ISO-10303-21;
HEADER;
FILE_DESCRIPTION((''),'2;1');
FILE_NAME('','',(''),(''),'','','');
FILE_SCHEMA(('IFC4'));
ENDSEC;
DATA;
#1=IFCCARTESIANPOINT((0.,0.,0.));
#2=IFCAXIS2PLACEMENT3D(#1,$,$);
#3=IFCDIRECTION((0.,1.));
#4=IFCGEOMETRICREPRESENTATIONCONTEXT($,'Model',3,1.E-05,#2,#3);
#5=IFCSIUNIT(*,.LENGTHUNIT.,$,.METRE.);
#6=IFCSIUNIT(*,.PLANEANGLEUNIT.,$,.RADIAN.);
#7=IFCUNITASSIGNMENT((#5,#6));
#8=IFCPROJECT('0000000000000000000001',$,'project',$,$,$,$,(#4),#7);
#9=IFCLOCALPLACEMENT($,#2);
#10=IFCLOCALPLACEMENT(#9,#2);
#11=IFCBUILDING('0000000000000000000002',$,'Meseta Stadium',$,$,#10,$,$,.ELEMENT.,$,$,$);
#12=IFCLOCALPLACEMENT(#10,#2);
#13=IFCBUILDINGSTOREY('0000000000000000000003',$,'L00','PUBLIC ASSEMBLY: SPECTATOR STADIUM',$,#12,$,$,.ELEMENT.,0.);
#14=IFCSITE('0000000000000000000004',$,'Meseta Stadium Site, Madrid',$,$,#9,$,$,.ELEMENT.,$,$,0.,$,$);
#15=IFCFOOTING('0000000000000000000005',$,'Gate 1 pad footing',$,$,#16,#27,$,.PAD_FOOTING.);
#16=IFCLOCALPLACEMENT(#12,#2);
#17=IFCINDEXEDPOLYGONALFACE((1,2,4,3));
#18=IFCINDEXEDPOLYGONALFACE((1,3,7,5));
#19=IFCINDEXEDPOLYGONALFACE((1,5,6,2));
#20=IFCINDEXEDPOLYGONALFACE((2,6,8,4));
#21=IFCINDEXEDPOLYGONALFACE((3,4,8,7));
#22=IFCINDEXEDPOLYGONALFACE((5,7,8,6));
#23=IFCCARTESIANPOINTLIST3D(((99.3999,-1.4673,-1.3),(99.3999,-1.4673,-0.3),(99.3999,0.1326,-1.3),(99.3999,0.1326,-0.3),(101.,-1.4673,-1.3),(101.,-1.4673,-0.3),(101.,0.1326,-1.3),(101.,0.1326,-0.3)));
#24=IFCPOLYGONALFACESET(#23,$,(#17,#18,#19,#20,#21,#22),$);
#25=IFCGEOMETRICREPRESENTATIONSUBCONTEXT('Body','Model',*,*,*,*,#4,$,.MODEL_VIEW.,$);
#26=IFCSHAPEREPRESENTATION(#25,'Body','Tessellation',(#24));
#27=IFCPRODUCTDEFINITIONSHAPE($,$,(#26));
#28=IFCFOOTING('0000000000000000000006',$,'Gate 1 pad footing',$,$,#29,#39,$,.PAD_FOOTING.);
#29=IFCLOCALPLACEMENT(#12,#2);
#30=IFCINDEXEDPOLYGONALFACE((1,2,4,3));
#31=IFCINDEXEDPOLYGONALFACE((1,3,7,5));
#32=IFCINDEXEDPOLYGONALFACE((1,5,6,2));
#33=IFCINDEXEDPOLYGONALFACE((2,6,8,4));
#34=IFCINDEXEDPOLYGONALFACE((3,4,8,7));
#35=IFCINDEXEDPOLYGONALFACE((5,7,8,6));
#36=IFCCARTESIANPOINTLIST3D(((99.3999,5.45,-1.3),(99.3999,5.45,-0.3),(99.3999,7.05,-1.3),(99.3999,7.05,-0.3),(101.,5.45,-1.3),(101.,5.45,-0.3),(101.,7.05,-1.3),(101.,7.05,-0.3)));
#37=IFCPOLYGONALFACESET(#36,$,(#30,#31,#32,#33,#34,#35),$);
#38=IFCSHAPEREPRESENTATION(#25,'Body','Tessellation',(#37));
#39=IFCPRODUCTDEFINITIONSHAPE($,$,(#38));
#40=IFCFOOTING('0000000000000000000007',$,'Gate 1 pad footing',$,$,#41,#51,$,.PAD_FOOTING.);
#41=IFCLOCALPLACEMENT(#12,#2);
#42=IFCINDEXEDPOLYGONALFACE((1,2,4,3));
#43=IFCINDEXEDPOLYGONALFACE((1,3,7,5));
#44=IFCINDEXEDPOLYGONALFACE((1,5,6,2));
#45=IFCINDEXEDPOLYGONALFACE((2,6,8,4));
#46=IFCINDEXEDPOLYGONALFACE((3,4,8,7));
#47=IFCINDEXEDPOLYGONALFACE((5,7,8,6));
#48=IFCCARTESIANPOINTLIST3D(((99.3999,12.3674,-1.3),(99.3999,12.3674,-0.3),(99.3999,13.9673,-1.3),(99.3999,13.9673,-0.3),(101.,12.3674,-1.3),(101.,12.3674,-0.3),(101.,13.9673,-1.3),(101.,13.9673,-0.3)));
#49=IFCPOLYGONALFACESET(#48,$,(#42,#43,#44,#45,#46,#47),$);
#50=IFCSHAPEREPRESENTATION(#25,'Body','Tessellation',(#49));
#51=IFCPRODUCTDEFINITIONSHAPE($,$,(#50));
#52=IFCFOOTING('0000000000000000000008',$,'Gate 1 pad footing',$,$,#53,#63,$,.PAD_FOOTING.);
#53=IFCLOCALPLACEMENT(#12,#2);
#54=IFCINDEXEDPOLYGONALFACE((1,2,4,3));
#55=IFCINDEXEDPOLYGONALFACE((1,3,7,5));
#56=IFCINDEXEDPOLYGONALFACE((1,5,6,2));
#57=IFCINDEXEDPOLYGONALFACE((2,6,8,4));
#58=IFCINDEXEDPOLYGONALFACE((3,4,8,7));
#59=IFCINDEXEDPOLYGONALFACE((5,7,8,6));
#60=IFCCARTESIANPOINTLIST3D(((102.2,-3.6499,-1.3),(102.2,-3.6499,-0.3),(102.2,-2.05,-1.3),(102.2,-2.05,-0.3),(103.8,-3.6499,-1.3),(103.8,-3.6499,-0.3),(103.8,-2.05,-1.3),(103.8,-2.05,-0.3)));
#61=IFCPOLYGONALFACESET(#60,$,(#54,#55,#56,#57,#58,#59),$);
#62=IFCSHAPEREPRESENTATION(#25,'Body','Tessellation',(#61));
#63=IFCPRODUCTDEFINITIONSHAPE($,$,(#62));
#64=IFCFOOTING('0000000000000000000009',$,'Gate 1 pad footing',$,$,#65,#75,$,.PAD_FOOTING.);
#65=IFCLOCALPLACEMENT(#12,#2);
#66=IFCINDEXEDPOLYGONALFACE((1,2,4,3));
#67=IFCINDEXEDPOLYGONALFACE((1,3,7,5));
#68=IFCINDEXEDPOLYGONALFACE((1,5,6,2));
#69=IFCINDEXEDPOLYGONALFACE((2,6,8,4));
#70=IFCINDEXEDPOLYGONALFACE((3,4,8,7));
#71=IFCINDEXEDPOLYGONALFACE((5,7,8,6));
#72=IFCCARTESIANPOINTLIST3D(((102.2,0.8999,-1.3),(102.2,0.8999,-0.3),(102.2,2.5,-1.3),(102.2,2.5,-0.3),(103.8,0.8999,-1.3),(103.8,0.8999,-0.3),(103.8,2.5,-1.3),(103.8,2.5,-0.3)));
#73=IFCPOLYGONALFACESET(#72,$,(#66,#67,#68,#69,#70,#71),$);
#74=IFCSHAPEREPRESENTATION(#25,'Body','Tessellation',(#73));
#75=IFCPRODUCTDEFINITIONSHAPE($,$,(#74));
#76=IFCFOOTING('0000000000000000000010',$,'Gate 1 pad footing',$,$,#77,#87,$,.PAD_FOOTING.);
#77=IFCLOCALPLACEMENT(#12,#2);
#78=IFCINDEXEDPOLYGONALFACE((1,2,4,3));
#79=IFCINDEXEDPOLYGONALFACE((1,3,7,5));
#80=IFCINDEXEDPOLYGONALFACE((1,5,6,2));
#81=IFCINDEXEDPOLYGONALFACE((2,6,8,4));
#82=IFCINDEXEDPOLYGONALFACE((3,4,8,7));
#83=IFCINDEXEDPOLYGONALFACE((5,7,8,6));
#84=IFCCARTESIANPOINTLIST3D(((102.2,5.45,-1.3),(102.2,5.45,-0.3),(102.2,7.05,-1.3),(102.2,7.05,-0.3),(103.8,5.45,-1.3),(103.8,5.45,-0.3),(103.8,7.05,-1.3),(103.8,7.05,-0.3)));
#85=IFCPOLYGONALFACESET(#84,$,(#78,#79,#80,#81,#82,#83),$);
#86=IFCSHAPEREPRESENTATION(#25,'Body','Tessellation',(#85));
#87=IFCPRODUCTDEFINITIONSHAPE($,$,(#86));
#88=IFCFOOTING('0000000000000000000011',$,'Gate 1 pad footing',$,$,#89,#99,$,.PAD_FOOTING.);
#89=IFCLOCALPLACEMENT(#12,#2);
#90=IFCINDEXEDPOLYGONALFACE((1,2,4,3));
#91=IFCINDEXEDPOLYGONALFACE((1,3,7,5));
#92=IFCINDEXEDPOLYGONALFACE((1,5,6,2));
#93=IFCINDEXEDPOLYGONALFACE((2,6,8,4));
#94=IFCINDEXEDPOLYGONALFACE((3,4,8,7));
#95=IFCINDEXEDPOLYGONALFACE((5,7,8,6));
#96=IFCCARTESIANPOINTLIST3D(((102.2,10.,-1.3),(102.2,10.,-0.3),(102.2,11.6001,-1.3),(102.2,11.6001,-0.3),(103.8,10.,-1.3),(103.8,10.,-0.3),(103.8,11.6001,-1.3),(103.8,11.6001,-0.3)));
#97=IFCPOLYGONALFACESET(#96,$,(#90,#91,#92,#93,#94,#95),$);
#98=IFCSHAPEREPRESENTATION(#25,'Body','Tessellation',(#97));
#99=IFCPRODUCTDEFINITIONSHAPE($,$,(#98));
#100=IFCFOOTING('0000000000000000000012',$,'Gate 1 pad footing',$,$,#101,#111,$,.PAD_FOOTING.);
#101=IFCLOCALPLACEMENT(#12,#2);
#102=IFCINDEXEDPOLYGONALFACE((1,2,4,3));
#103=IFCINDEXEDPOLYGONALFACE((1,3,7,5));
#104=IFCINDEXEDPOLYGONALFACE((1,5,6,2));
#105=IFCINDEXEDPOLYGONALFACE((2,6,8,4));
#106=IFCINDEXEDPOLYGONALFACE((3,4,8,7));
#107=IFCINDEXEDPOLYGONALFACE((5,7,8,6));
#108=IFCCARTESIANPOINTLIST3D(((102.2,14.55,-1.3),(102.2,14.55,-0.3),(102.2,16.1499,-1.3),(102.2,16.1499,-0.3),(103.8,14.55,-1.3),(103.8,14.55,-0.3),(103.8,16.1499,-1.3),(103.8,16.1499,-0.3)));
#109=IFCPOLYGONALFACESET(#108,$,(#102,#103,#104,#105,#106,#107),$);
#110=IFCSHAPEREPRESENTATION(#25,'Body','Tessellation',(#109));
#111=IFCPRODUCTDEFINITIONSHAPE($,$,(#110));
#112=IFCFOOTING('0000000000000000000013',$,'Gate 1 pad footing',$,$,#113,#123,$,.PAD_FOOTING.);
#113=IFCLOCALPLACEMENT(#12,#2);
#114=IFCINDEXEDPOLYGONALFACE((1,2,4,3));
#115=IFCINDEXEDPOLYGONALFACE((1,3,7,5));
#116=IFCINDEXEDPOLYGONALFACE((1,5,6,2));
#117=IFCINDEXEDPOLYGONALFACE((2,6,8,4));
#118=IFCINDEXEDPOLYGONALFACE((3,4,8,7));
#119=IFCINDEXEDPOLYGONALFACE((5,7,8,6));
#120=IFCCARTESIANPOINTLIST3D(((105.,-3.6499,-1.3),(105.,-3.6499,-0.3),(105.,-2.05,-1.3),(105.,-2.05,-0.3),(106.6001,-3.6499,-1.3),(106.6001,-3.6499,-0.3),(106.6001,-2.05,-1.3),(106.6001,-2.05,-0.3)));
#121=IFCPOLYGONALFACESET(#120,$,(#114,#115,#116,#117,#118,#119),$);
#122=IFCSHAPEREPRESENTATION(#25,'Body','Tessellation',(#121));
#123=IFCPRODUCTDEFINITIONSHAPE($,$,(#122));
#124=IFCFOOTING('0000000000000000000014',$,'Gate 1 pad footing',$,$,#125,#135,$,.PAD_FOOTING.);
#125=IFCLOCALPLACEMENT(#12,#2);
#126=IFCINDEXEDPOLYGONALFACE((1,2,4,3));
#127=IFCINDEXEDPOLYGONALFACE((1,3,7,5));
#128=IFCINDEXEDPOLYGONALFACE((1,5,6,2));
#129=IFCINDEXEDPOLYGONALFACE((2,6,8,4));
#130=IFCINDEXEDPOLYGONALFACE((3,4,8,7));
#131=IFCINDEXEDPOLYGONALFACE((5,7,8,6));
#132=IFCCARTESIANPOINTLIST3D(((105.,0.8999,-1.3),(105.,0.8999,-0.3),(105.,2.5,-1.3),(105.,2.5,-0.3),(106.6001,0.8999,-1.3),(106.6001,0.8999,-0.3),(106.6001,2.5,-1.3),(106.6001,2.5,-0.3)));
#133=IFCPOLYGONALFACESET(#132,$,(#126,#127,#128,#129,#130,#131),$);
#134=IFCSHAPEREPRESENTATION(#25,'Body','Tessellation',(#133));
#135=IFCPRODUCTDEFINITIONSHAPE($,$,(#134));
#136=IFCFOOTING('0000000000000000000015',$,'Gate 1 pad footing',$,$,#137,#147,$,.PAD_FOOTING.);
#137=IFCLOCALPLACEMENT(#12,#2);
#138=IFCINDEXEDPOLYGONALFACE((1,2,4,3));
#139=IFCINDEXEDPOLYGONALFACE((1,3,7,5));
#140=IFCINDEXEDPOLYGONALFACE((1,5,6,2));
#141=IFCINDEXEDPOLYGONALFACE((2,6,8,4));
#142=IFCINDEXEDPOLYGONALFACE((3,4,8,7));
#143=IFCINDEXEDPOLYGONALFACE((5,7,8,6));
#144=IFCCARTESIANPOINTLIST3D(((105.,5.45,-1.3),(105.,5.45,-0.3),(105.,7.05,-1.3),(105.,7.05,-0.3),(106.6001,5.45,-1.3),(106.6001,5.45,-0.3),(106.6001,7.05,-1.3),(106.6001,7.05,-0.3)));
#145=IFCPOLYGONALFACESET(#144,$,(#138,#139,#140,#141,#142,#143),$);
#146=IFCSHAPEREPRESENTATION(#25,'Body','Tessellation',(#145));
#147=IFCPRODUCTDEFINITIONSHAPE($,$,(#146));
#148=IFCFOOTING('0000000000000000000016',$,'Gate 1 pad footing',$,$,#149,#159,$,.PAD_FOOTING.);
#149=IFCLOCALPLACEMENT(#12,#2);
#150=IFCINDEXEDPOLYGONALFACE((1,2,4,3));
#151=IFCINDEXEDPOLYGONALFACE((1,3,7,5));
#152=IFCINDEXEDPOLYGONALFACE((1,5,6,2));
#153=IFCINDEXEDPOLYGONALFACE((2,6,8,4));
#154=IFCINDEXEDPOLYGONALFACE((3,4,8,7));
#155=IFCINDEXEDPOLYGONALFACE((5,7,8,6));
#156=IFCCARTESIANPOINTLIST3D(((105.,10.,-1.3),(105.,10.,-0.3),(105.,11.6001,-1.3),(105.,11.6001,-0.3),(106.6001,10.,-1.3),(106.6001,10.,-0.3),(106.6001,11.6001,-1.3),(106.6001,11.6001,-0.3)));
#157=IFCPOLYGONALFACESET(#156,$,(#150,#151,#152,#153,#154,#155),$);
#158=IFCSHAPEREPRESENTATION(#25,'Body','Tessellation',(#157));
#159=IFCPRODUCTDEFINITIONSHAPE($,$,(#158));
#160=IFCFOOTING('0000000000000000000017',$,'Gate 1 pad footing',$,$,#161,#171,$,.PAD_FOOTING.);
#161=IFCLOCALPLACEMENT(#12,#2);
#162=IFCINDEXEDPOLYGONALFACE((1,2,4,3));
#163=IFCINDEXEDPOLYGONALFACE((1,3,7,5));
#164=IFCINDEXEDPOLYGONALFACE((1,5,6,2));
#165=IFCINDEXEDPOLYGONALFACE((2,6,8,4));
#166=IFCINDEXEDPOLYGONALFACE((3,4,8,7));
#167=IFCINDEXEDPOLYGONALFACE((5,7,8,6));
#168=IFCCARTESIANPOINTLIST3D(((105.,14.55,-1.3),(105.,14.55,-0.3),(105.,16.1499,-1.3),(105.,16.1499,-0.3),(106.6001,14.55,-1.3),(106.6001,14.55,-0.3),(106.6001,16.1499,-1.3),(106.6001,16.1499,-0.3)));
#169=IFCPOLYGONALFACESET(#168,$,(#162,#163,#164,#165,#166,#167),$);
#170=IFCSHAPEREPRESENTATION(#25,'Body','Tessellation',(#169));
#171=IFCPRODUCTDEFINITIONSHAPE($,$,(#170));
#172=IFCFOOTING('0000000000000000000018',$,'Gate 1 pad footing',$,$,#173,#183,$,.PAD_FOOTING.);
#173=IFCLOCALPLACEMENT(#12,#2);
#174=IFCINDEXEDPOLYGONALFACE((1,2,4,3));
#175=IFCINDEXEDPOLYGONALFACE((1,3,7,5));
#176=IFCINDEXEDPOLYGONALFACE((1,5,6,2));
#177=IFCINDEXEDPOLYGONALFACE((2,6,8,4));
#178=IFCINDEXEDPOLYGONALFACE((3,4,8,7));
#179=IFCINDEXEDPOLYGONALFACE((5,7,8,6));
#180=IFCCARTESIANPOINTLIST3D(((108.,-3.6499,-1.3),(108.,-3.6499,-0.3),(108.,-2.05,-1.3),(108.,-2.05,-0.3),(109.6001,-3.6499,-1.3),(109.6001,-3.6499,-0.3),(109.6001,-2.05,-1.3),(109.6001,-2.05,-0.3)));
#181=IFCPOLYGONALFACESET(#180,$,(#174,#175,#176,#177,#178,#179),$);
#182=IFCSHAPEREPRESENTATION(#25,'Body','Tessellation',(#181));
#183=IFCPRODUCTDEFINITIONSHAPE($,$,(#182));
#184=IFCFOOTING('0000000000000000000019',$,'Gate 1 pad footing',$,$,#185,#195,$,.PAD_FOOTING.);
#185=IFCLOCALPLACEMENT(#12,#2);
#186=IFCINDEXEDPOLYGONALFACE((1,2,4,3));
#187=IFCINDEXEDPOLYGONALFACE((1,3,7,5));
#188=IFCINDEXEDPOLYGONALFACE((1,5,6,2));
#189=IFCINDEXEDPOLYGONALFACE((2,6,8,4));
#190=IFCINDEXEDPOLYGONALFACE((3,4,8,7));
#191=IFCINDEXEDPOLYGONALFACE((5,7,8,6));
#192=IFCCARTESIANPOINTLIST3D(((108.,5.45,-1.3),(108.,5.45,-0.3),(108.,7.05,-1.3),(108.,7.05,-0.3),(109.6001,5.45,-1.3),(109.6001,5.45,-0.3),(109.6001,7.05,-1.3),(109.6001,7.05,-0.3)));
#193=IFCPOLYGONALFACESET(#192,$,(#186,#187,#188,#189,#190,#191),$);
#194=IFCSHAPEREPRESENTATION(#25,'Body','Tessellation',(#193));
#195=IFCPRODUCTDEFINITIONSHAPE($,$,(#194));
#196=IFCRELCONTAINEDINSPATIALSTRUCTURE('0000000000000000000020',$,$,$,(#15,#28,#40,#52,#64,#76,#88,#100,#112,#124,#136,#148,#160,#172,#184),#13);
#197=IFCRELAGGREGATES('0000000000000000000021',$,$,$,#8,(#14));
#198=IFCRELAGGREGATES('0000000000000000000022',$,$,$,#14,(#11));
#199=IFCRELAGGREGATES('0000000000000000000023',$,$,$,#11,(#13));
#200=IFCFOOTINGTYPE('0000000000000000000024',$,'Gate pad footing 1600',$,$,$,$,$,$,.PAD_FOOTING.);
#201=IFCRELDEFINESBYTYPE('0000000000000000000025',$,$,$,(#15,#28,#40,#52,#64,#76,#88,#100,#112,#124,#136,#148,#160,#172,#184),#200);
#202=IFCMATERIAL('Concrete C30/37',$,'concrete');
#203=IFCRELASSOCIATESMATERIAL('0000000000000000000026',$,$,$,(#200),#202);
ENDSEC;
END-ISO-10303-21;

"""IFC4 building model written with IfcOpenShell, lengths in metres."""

from ifc_helpers import new_model, si_unit, direction, frame, origin, place, context, subcontext, project, spatial, polyline, outline, extrude, material, type_object, element, save


model = new_model("IFC4")

# Units and contexts
model_context = context("Model", 3, precision=1e-05, world=origin(), true_north=direction((0.0, 1.0)))
body_context = subcontext(model_context, "Body", "Model", "MODEL_VIEW")
ifc_project = project(units=[si_unit("LENGTHUNIT", "METRE"), si_unit("PLANEANGLEUNIT", "RADIAN")], contexts=[model_context])

# Site, building, storey
site_placement = place(None, origin())
site = spatial("IfcSite", under=ifc_project, at=site_placement, Name="Meseta Stadium Site, Madrid", CompositionType="ELEMENT", RefElevation=0.0)
building_placement = place(site_placement, origin())
building = spatial("IfcBuilding", under=site, at=building_placement, Name="Meseta Stadium", CompositionType="ELEMENT")
storey_placement = place(building_placement, origin())
storey = spatial("IfcBuildingStorey", under=building, at=storey_placement, Name="L00", Description="PUBLIC ASSEMBLY: SPECTATOR STADIUM", CompositionType="ELEMENT", Elevation=0.0)

# Footings
ifc_material_1 = material(Name="Concrete C30/37", Category="concrete")
footing_type_1 = type_object("IfcFootingType", Name="Gate pad footing 1600", PredefinedType="PAD_FOOTING", material=ifc_material_1)
footing_1_placement = place(storey_placement, frame((0.0, 0.0, -1.3)))
element("IfcFooting", 1, at=footing_1_placement, inside=storey, type_object=footing_type_1, Name="Gate 1 pad footing", PredefinedType="PAD_FOOTING", context=body_context, shape_type="SweptSolid", body=[
    extrude(outline(polyline([(101.0, -1.4673), (101.0, 0.1326), (99.3999, 0.1326), (99.3999, -1.4673), (101.0, -1.4673)])), origin(), (0.0, 0.0, 1.0), 1.0),
])
footing_2_placement = place(storey_placement, frame((0.0, 0.0, -1.3)))
element("IfcFooting", 2, at=footing_2_placement, inside=storey, type_object=footing_type_1, Name="Gate 1 pad footing", PredefinedType="PAD_FOOTING", context=body_context, shape_type="SweptSolid", body=[
    extrude(outline(polyline([(101.0, 5.45), (101.0, 7.05), (99.3999, 7.05), (99.3999, 5.45), (101.0, 5.45)])), origin(), (0.0, 0.0, 1.0), 1.0),
])
footing_3_placement = place(storey_placement, frame((0.0, 0.0, -1.3)))
element("IfcFooting", 3, at=footing_3_placement, inside=storey, type_object=footing_type_1, Name="Gate 1 pad footing", PredefinedType="PAD_FOOTING", context=body_context, shape_type="SweptSolid", body=[
    extrude(outline(polyline([(101.0, 12.3674), (101.0, 13.9673), (99.3999, 13.9673), (99.3999, 12.3674), (101.0, 12.3674)])), origin(), (0.0, 0.0, 1.0), 1.0),
])
footing_4_placement = place(storey_placement, frame((0.0, 0.0, -1.3)))
element("IfcFooting", 4, at=footing_4_placement, inside=storey, type_object=footing_type_1, Name="Gate 1 pad footing", PredefinedType="PAD_FOOTING", context=body_context, shape_type="SweptSolid", body=[
    extrude(outline(polyline([(103.8, -3.6499), (103.8, -2.05), (102.2, -2.05), (102.2, -3.6499), (103.8, -3.6499)])), origin(), (0.0, 0.0, 1.0), 1.0),
])
footing_5_placement = place(storey_placement, frame((0.0, 0.0, -1.3)))
element("IfcFooting", 5, at=footing_5_placement, inside=storey, type_object=footing_type_1, Name="Gate 1 pad footing", PredefinedType="PAD_FOOTING", context=body_context, shape_type="SweptSolid", body=[
    extrude(outline(polyline([(103.8, 0.8999), (103.8, 2.5), (102.2, 2.5), (102.2, 0.8999), (103.8, 0.8999)])), origin(), (0.0, 0.0, 1.0), 1.0),
])
footing_6_placement = place(storey_placement, frame((0.0, 0.0, -1.3)))
element("IfcFooting", 6, at=footing_6_placement, inside=storey, type_object=footing_type_1, Name="Gate 1 pad footing", PredefinedType="PAD_FOOTING", context=body_context, shape_type="SweptSolid", body=[
    extrude(outline(polyline([(103.8, 5.45), (103.8, 7.05), (102.2, 7.05), (102.2, 5.45), (103.8, 5.45)])), origin(), (0.0, 0.0, 1.0), 1.0),
])
footing_7_placement = place(storey_placement, frame((0.0, 0.0, -1.3)))
element("IfcFooting", 7, at=footing_7_placement, inside=storey, type_object=footing_type_1, Name="Gate 1 pad footing", PredefinedType="PAD_FOOTING", context=body_context, shape_type="SweptSolid", body=[
    extrude(outline(polyline([(103.8, 10.0), (103.8, 11.6001), (102.2, 11.6001), (102.2, 10.0), (103.8, 10.0)])), origin(), (0.0, 0.0, 1.0), 1.0),
])
footing_8_placement = place(storey_placement, frame((0.0, 0.0, -1.3)))
element("IfcFooting", 8, at=footing_8_placement, inside=storey, type_object=footing_type_1, Name="Gate 1 pad footing", PredefinedType="PAD_FOOTING", context=body_context, shape_type="SweptSolid", body=[
    extrude(outline(polyline([(103.8, 14.55), (103.8, 16.1499), (102.2, 16.1499), (102.2, 14.55), (103.8, 14.55)])), origin(), (0.0, 0.0, 1.0), 1.0),
])
footing_9_placement = place(storey_placement, frame((0.0, 0.0, -1.3)))
element("IfcFooting", 9, at=footing_9_placement, inside=storey, type_object=footing_type_1, Name="Gate 1 pad footing", PredefinedType="PAD_FOOTING", context=body_context, shape_type="SweptSolid", body=[
    extrude(outline(polyline([(106.6001, -3.6499), (106.6001, -2.05), (105.0, -2.05), (105.0, -3.6499), (106.6001, -3.6499)])), origin(), (0.0, 0.0, 1.0), 1.0),
])
footing_10_placement = place(storey_placement, frame((0.0, 0.0, -1.3)))
element("IfcFooting", 10, at=footing_10_placement, inside=storey, type_object=footing_type_1, Name="Gate 1 pad footing", PredefinedType="PAD_FOOTING", context=body_context, shape_type="SweptSolid", body=[
    extrude(outline(polyline([(106.6001, 0.8999), (106.6001, 2.5), (105.0, 2.5), (105.0, 0.8999), (106.6001, 0.8999)])), origin(), (0.0, 0.0, 1.0), 1.0),
])
footing_11_placement = place(storey_placement, frame((0.0, 0.0, -1.3)))
element("IfcFooting", 11, at=footing_11_placement, inside=storey, type_object=footing_type_1, Name="Gate 1 pad footing", PredefinedType="PAD_FOOTING", context=body_context, shape_type="SweptSolid", body=[
    extrude(outline(polyline([(106.6001, 5.45), (106.6001, 7.05), (105.0, 7.05), (105.0, 5.45), (106.6001, 5.45)])), origin(), (0.0, 0.0, 1.0), 1.0),
])
footing_12_placement = place(storey_placement, frame((0.0, 0.0, -1.3)))
element("IfcFooting", 12, at=footing_12_placement, inside=storey, type_object=footing_type_1, Name="Gate 1 pad footing", PredefinedType="PAD_FOOTING", context=body_context, shape_type="SweptSolid", body=[
    extrude(outline(polyline([(106.6001, 10.0), (106.6001, 11.6001), (105.0, 11.6001), (105.0, 10.0), (106.6001, 10.0)])), origin(), (0.0, 0.0, 1.0), 1.0),
])
footing_13_placement = place(storey_placement, frame((0.0, 0.0, -1.3)))
element("IfcFooting", 13, at=footing_13_placement, inside=storey, type_object=footing_type_1, Name="Gate 1 pad footing", PredefinedType="PAD_FOOTING", context=body_context, shape_type="SweptSolid", body=[
    extrude(outline(polyline([(106.6001, 14.55), (106.6001, 16.1499), (105.0, 16.1499), (105.0, 14.55), (106.6001, 14.55)])), origin(), (0.0, 0.0, 1.0), 1.0),
])
footing_14_placement = place(storey_placement, frame((0.0, 0.0, -1.3)))
element("IfcFooting", 14, at=footing_14_placement, inside=storey, type_object=footing_type_1, Name="Gate 1 pad footing", PredefinedType="PAD_FOOTING", context=body_context, shape_type="SweptSolid", body=[
    extrude(outline(polyline([(109.6001, -3.6499), (109.6001, -2.05), (108.0, -2.05), (108.0, -3.6499), (109.6001, -3.6499)])), origin(), (0.0, 0.0, 1.0), 1.0),
])
footing_15_placement = place(storey_placement, frame((0.0, 0.0, -1.3)))
element("IfcFooting", 15, at=footing_15_placement, inside=storey, type_object=footing_type_1, Name="Gate 1 pad footing", PredefinedType="PAD_FOOTING", context=body_context, shape_type="SweptSolid", body=[
    extrude(outline(polyline([(109.6001, 5.45), (109.6001, 7.05), (108.0, 7.05), (108.0, 5.45), (109.6001, 5.45)])), origin(), (0.0, 0.0, 1.0), 1.0),
])

save(model, "model.ifc")
